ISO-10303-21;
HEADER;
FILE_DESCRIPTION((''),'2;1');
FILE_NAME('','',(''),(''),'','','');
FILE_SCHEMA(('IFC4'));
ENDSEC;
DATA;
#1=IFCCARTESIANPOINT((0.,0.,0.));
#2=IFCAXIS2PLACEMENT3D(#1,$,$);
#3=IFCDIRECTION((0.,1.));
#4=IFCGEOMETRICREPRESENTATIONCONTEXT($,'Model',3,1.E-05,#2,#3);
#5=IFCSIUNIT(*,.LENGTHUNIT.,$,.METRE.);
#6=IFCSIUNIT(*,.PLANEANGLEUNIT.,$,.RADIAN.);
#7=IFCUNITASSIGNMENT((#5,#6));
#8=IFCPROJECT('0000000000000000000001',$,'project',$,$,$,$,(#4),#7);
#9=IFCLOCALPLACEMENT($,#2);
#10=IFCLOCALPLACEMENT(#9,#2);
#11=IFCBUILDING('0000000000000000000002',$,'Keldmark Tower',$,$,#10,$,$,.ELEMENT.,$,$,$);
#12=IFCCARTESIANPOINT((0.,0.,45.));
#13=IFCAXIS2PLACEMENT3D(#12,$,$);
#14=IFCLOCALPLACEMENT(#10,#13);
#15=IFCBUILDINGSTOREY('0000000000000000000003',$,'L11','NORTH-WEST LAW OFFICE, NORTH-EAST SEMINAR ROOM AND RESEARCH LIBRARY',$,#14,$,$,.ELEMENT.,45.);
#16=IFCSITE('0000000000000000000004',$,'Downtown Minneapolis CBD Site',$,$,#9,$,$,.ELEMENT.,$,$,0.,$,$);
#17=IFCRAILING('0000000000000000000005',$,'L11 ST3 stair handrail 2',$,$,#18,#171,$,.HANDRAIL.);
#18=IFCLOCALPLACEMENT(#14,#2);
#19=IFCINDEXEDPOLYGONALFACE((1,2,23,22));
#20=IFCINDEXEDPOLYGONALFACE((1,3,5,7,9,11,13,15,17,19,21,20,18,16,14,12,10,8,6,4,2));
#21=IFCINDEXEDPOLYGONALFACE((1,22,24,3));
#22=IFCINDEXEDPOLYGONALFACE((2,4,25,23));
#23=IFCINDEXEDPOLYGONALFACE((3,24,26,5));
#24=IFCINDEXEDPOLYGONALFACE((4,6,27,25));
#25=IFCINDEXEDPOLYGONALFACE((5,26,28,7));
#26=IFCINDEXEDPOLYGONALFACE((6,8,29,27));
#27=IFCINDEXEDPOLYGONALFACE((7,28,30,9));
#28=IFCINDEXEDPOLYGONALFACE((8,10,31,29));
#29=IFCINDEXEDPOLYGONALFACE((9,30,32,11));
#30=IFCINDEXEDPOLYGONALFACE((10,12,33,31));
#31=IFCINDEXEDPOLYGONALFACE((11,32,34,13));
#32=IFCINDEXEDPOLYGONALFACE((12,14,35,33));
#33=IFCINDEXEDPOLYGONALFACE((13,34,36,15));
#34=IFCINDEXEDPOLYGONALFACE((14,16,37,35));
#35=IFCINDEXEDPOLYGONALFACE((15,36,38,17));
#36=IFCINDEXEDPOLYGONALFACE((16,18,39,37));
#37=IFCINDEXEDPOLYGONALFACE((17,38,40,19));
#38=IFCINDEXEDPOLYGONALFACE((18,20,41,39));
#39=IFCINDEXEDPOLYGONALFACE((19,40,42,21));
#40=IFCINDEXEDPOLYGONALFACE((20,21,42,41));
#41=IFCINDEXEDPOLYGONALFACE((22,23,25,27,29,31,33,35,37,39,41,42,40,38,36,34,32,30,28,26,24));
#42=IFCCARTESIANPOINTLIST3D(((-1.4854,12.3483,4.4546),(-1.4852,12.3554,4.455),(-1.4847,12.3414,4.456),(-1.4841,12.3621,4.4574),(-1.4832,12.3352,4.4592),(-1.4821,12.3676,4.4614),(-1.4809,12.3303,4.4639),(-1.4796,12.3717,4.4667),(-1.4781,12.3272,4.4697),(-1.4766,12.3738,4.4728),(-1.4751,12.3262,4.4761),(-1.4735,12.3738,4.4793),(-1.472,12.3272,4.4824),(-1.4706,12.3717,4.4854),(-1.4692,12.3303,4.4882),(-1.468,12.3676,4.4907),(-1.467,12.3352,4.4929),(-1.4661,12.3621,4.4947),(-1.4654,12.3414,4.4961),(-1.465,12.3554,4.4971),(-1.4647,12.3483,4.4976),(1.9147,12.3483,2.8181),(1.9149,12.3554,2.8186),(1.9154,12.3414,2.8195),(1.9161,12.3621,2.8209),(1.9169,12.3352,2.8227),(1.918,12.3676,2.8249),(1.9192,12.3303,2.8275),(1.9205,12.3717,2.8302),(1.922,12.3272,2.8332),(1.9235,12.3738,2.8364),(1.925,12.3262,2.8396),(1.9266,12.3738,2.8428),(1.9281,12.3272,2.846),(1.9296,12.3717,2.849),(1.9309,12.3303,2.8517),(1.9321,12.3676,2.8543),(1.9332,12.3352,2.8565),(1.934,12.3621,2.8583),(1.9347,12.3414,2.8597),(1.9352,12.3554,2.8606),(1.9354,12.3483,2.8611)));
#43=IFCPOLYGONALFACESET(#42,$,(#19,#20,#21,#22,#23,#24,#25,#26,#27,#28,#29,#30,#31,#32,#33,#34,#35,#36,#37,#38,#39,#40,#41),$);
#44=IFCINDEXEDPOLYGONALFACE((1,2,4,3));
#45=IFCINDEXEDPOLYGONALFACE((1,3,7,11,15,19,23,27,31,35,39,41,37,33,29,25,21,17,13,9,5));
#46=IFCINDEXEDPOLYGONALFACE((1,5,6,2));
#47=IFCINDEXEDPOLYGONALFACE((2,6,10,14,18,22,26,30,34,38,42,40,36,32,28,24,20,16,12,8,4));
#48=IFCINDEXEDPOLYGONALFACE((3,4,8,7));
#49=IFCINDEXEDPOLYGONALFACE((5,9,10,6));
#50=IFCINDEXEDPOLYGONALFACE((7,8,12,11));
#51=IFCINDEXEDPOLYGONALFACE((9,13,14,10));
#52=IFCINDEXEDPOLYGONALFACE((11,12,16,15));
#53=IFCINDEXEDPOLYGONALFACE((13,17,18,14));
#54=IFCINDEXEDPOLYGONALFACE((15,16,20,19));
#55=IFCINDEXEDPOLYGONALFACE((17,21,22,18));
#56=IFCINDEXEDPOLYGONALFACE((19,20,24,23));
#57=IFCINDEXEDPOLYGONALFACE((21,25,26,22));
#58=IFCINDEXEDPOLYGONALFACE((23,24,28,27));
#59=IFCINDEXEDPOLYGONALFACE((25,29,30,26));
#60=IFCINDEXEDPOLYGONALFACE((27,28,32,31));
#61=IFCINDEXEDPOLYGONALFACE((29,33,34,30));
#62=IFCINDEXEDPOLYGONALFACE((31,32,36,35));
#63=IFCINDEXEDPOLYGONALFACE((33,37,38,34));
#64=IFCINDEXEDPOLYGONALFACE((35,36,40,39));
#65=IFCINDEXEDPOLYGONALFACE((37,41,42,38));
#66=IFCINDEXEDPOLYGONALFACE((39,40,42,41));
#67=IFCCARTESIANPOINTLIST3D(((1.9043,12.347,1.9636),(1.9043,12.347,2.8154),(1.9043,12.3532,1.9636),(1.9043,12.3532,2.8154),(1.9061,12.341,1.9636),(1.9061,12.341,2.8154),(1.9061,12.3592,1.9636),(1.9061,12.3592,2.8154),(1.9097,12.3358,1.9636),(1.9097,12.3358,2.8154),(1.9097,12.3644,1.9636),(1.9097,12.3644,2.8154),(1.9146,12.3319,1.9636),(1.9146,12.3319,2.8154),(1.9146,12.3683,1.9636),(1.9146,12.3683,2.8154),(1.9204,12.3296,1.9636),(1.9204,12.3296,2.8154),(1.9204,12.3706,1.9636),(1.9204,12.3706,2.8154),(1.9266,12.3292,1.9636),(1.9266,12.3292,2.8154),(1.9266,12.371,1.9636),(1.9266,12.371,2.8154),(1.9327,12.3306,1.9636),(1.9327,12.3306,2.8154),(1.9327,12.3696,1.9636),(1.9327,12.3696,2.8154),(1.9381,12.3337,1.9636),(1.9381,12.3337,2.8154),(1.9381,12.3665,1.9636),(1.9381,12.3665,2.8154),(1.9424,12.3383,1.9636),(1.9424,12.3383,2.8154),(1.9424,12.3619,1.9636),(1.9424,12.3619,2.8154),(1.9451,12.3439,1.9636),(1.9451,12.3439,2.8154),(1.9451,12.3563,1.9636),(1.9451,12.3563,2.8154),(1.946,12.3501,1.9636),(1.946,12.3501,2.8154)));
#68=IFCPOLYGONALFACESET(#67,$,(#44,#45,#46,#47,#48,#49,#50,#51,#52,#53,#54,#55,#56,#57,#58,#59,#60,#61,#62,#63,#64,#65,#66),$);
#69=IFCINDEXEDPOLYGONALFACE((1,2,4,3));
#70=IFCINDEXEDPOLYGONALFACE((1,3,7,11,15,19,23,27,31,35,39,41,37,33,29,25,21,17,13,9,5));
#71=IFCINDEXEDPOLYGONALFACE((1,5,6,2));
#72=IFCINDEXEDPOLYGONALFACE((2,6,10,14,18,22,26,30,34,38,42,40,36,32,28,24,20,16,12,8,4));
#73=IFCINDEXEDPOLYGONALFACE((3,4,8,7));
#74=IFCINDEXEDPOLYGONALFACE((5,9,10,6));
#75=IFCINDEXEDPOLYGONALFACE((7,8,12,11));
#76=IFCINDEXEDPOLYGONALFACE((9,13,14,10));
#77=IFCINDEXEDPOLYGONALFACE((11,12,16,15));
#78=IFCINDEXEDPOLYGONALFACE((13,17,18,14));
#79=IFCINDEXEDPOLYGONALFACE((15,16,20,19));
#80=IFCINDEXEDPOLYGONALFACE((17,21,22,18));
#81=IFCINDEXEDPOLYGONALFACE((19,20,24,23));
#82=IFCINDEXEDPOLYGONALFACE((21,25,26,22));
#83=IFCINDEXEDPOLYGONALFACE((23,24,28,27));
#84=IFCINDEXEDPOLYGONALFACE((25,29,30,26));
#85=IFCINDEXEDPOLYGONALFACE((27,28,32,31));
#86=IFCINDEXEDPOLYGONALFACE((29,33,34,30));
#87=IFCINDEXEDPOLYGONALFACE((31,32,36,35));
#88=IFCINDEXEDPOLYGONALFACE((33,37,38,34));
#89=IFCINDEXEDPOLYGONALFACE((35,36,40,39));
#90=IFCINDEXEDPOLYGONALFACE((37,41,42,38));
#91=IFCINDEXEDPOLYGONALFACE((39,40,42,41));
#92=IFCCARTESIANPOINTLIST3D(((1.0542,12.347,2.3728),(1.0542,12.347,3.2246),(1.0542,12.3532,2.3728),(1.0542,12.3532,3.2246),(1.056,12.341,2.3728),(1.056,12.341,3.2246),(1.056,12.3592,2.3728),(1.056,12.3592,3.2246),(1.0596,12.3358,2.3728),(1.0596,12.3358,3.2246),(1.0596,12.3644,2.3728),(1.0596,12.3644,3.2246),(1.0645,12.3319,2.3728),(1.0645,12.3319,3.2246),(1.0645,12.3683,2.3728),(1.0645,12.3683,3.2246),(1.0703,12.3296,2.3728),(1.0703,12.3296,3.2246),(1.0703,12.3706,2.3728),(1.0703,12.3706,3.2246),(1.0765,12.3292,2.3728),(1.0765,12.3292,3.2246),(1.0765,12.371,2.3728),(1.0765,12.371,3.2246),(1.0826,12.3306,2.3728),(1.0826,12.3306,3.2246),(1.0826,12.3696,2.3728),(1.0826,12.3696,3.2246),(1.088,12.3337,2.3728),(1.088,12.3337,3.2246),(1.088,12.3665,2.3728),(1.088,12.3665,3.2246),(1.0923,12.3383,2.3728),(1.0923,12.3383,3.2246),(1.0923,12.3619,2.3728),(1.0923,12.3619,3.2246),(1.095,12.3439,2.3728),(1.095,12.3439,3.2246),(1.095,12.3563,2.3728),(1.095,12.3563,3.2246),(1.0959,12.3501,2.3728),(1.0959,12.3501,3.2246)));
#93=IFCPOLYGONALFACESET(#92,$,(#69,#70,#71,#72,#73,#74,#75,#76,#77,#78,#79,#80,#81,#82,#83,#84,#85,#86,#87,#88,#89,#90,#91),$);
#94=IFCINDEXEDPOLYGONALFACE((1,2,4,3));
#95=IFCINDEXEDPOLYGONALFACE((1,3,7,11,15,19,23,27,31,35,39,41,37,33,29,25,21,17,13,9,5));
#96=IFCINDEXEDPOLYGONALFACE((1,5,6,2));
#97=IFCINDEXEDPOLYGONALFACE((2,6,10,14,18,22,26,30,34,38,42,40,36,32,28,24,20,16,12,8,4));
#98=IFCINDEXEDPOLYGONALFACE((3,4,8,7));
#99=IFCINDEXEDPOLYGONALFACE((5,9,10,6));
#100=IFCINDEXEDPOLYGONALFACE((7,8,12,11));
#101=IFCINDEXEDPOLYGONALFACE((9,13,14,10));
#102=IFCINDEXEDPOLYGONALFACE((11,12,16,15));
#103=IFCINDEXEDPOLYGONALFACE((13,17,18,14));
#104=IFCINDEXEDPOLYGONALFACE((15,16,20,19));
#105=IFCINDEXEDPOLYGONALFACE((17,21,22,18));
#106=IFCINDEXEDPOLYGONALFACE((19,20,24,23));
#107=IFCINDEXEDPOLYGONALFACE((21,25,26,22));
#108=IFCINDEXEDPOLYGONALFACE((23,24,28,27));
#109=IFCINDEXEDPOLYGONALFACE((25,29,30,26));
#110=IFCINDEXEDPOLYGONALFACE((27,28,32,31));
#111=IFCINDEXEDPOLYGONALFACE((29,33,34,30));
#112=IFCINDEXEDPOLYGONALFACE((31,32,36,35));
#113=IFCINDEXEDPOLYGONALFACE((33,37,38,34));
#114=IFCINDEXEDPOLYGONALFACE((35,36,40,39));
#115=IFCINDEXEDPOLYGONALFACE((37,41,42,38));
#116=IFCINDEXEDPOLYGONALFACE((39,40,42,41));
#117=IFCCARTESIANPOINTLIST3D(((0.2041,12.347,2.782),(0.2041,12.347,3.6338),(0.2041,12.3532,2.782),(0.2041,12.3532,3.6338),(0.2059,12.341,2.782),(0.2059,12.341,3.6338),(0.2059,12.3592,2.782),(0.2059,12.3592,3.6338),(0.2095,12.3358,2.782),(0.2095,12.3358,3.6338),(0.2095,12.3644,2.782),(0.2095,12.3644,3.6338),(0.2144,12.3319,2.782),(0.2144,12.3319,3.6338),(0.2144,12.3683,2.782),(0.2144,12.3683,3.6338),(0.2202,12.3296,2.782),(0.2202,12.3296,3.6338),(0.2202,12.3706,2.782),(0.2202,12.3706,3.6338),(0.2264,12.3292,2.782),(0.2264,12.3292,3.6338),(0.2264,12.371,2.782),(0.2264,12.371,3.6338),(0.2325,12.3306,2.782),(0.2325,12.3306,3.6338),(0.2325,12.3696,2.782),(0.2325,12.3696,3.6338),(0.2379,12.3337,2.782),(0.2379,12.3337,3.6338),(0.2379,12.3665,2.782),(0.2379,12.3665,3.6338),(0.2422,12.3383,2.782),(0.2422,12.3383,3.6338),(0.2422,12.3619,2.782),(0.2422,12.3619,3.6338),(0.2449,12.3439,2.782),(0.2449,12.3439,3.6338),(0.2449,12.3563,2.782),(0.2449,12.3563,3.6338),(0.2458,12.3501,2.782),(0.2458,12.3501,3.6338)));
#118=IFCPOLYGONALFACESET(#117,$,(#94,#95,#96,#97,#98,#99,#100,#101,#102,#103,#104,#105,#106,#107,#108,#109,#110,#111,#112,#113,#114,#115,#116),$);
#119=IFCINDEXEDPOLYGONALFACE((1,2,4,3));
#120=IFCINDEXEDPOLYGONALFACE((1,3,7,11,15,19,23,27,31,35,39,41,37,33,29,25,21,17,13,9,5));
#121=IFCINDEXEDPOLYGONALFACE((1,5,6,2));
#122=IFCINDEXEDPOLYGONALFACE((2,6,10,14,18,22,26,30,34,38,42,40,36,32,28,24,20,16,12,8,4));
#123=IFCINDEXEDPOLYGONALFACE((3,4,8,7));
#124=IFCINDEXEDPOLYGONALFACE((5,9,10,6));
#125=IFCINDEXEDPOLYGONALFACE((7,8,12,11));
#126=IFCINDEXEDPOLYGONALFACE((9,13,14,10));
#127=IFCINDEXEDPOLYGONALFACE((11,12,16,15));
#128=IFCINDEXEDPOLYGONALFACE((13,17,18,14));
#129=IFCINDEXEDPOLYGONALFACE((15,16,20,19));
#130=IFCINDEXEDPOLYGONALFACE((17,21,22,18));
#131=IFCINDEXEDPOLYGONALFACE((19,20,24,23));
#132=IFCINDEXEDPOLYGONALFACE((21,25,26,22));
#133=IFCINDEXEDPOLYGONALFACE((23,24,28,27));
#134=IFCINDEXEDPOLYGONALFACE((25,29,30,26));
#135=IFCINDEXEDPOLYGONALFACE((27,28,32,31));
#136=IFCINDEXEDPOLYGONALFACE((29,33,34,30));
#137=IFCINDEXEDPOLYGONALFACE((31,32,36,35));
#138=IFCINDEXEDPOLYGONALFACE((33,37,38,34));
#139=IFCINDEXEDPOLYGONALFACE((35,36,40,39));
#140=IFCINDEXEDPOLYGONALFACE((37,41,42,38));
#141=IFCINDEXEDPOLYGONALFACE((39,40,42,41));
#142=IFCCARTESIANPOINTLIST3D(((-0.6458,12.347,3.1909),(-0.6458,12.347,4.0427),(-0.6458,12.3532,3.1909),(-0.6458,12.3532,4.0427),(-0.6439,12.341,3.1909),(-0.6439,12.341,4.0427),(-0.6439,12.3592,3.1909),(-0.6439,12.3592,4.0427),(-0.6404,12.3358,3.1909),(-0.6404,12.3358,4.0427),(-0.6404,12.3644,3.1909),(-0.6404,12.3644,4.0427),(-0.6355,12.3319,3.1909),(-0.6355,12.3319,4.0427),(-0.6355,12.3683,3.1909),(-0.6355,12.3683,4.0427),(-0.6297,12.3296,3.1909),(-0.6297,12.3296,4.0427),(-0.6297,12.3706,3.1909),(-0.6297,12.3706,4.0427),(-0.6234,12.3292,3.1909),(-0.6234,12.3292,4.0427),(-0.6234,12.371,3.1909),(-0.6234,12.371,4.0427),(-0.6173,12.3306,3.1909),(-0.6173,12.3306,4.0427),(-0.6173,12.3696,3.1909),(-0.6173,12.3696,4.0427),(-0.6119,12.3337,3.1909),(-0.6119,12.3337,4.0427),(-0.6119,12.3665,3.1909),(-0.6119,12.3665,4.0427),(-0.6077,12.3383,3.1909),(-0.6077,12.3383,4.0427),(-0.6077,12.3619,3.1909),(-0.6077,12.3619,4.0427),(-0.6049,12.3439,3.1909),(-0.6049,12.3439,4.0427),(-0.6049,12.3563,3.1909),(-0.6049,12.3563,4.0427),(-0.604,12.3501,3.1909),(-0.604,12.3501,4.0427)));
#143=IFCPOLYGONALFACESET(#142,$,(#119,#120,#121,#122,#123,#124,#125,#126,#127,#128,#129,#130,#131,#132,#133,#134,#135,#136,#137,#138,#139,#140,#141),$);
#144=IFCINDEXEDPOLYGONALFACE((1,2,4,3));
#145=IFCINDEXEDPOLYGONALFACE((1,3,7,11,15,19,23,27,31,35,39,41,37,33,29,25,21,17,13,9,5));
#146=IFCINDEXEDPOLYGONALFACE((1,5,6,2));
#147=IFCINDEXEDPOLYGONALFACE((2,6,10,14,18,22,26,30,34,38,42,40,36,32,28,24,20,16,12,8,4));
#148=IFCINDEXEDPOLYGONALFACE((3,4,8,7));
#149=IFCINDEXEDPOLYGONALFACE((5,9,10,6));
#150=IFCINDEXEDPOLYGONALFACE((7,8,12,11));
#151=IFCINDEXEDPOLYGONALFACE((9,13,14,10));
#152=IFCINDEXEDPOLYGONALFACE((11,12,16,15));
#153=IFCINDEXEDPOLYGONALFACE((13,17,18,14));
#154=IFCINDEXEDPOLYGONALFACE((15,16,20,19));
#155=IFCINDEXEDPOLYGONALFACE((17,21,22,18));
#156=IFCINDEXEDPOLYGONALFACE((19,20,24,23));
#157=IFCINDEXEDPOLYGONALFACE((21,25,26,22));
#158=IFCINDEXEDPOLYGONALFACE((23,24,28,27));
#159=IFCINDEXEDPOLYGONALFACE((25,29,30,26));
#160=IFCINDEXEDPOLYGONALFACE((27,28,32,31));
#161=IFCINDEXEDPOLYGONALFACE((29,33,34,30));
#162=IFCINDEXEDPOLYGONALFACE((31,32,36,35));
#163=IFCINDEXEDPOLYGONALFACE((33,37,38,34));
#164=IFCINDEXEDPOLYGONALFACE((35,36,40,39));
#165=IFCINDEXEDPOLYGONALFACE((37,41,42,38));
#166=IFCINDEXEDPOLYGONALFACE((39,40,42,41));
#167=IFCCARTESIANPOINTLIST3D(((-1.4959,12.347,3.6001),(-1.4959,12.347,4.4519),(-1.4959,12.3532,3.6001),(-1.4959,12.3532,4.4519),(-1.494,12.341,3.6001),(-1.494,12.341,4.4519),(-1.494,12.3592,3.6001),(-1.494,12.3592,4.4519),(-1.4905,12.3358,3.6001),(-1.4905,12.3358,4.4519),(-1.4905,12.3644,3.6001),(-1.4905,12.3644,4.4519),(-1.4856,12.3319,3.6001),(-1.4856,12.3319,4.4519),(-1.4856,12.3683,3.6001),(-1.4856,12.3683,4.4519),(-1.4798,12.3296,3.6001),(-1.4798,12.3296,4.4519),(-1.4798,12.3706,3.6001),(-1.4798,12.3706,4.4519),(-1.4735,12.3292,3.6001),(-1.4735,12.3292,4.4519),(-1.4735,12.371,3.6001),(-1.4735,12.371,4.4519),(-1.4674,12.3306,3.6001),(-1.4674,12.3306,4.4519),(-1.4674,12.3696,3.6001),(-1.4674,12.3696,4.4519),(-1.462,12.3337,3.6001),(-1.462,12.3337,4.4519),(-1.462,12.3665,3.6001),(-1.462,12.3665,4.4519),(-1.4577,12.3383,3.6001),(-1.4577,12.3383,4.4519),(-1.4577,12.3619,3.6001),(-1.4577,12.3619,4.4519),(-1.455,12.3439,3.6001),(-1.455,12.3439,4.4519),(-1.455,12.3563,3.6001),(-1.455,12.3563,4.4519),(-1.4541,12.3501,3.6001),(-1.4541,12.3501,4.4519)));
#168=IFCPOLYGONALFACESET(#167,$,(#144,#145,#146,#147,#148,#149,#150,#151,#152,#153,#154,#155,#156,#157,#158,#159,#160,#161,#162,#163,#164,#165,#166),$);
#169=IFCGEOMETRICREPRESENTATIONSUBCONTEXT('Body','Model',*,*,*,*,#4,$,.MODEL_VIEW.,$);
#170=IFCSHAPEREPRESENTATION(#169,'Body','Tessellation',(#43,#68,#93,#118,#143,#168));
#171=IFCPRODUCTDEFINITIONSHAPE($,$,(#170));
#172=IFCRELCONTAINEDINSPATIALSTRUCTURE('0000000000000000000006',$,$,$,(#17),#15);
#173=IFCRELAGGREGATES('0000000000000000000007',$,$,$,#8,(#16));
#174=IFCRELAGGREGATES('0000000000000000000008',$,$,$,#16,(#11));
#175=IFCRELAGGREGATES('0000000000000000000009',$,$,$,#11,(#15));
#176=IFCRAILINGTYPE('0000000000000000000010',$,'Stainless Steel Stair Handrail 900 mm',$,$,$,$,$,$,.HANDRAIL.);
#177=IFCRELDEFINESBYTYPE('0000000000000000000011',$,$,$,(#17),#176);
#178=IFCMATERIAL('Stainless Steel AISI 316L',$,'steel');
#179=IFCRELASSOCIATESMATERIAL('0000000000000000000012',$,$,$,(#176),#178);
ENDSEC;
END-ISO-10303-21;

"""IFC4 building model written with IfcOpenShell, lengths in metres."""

from ifc_helpers import new_model, si_unit, direction, frame, origin, origin_2d, place, context, subcontext, project, spatial, circle, extrude, material, type_object, element, save


model = new_model("IFC4")

# Units and contexts
model_context = context("Model", 3, precision=1e-05, world=origin(), true_north=direction((0.0, 1.0)))
body_context = subcontext(model_context, "Body", "Model", "MODEL_VIEW")
ifc_project = project(units=[si_unit("LENGTHUNIT", "METRE"), si_unit("PLANEANGLEUNIT", "RADIAN")], contexts=[model_context])

# Site, building, storey
site_placement = place(None, origin())
site = spatial("IfcSite", under=ifc_project, at=site_placement, Name="Downtown Minneapolis CBD Site", CompositionType="ELEMENT", RefElevation=0.0)
building_placement = place(site_placement, origin())
building = spatial("IfcBuilding", under=site, at=building_placement, Name="Keldmark Tower", CompositionType="ELEMENT")
storey_placement = place(building_placement, frame((0.0, 0.0, 45.0)))
storey = spatial("IfcBuildingStorey", under=building, at=storey_placement, Name="L11", Description="NORTH-WEST LAW OFFICE, NORTH-EAST SEMINAR ROOM AND RESEARCH LIBRARY", CompositionType="ELEMENT", Elevation=45.0)

# Railing
ifc_material_1 = material(Name="Stainless Steel AISI 316L", Category="steel")
railing_type_1 = type_object("IfcRailingType", Name="Stainless Steel Stair Handrail 900 mm", PredefinedType="HANDRAIL", material=ifc_material_1)
railing_1_placement = place(storey_placement, frame((1.925, 12.3501, 1.9636)))
element("IfcRailing", 1, at=railing_1_placement, inside=storey, type_object=railing_type_1, Name="L11 ST3 stair handrail 2", PredefinedType="HANDRAIL", context=body_context, shape_type="SweptSolid", body=[
    extrude(circle(Radius=0.0239, at=origin_2d()), frame((0.0, 0.0, 0.876), z_axis=(-0.901067, 0.0, 0.433679), x_axis=(0.0, -1.0, 0.0)), (0.0, 0.0, 1.0), 3.7734),
    extrude(circle(Radius=0.021, at=origin_2d()), origin(), (0.0, 0.0, 1.0), 0.8518),
    extrude(circle(Radius=0.021, at=origin_2d()), frame((-0.8501, 0.0, 0.4092)), (0.0, 0.0, 1.0), 0.8518),
    extrude(circle(Radius=0.021, at=origin_2d()), frame((-1.7002, 0.0, 0.8184)), (0.0, 0.0, 1.0), 0.8518),
    extrude(circle(Radius=0.021, at=origin_2d()), frame((-2.55, 0.0, 1.2273)), (0.0, 0.0, 1.0), 0.8518),
    extrude(circle(Radius=0.021, at=origin_2d()), frame((-3.4001, 0.0, 1.6365)), (0.0, 0.0, 1.0), 0.8518),
])

save(model, "model.ifc")
